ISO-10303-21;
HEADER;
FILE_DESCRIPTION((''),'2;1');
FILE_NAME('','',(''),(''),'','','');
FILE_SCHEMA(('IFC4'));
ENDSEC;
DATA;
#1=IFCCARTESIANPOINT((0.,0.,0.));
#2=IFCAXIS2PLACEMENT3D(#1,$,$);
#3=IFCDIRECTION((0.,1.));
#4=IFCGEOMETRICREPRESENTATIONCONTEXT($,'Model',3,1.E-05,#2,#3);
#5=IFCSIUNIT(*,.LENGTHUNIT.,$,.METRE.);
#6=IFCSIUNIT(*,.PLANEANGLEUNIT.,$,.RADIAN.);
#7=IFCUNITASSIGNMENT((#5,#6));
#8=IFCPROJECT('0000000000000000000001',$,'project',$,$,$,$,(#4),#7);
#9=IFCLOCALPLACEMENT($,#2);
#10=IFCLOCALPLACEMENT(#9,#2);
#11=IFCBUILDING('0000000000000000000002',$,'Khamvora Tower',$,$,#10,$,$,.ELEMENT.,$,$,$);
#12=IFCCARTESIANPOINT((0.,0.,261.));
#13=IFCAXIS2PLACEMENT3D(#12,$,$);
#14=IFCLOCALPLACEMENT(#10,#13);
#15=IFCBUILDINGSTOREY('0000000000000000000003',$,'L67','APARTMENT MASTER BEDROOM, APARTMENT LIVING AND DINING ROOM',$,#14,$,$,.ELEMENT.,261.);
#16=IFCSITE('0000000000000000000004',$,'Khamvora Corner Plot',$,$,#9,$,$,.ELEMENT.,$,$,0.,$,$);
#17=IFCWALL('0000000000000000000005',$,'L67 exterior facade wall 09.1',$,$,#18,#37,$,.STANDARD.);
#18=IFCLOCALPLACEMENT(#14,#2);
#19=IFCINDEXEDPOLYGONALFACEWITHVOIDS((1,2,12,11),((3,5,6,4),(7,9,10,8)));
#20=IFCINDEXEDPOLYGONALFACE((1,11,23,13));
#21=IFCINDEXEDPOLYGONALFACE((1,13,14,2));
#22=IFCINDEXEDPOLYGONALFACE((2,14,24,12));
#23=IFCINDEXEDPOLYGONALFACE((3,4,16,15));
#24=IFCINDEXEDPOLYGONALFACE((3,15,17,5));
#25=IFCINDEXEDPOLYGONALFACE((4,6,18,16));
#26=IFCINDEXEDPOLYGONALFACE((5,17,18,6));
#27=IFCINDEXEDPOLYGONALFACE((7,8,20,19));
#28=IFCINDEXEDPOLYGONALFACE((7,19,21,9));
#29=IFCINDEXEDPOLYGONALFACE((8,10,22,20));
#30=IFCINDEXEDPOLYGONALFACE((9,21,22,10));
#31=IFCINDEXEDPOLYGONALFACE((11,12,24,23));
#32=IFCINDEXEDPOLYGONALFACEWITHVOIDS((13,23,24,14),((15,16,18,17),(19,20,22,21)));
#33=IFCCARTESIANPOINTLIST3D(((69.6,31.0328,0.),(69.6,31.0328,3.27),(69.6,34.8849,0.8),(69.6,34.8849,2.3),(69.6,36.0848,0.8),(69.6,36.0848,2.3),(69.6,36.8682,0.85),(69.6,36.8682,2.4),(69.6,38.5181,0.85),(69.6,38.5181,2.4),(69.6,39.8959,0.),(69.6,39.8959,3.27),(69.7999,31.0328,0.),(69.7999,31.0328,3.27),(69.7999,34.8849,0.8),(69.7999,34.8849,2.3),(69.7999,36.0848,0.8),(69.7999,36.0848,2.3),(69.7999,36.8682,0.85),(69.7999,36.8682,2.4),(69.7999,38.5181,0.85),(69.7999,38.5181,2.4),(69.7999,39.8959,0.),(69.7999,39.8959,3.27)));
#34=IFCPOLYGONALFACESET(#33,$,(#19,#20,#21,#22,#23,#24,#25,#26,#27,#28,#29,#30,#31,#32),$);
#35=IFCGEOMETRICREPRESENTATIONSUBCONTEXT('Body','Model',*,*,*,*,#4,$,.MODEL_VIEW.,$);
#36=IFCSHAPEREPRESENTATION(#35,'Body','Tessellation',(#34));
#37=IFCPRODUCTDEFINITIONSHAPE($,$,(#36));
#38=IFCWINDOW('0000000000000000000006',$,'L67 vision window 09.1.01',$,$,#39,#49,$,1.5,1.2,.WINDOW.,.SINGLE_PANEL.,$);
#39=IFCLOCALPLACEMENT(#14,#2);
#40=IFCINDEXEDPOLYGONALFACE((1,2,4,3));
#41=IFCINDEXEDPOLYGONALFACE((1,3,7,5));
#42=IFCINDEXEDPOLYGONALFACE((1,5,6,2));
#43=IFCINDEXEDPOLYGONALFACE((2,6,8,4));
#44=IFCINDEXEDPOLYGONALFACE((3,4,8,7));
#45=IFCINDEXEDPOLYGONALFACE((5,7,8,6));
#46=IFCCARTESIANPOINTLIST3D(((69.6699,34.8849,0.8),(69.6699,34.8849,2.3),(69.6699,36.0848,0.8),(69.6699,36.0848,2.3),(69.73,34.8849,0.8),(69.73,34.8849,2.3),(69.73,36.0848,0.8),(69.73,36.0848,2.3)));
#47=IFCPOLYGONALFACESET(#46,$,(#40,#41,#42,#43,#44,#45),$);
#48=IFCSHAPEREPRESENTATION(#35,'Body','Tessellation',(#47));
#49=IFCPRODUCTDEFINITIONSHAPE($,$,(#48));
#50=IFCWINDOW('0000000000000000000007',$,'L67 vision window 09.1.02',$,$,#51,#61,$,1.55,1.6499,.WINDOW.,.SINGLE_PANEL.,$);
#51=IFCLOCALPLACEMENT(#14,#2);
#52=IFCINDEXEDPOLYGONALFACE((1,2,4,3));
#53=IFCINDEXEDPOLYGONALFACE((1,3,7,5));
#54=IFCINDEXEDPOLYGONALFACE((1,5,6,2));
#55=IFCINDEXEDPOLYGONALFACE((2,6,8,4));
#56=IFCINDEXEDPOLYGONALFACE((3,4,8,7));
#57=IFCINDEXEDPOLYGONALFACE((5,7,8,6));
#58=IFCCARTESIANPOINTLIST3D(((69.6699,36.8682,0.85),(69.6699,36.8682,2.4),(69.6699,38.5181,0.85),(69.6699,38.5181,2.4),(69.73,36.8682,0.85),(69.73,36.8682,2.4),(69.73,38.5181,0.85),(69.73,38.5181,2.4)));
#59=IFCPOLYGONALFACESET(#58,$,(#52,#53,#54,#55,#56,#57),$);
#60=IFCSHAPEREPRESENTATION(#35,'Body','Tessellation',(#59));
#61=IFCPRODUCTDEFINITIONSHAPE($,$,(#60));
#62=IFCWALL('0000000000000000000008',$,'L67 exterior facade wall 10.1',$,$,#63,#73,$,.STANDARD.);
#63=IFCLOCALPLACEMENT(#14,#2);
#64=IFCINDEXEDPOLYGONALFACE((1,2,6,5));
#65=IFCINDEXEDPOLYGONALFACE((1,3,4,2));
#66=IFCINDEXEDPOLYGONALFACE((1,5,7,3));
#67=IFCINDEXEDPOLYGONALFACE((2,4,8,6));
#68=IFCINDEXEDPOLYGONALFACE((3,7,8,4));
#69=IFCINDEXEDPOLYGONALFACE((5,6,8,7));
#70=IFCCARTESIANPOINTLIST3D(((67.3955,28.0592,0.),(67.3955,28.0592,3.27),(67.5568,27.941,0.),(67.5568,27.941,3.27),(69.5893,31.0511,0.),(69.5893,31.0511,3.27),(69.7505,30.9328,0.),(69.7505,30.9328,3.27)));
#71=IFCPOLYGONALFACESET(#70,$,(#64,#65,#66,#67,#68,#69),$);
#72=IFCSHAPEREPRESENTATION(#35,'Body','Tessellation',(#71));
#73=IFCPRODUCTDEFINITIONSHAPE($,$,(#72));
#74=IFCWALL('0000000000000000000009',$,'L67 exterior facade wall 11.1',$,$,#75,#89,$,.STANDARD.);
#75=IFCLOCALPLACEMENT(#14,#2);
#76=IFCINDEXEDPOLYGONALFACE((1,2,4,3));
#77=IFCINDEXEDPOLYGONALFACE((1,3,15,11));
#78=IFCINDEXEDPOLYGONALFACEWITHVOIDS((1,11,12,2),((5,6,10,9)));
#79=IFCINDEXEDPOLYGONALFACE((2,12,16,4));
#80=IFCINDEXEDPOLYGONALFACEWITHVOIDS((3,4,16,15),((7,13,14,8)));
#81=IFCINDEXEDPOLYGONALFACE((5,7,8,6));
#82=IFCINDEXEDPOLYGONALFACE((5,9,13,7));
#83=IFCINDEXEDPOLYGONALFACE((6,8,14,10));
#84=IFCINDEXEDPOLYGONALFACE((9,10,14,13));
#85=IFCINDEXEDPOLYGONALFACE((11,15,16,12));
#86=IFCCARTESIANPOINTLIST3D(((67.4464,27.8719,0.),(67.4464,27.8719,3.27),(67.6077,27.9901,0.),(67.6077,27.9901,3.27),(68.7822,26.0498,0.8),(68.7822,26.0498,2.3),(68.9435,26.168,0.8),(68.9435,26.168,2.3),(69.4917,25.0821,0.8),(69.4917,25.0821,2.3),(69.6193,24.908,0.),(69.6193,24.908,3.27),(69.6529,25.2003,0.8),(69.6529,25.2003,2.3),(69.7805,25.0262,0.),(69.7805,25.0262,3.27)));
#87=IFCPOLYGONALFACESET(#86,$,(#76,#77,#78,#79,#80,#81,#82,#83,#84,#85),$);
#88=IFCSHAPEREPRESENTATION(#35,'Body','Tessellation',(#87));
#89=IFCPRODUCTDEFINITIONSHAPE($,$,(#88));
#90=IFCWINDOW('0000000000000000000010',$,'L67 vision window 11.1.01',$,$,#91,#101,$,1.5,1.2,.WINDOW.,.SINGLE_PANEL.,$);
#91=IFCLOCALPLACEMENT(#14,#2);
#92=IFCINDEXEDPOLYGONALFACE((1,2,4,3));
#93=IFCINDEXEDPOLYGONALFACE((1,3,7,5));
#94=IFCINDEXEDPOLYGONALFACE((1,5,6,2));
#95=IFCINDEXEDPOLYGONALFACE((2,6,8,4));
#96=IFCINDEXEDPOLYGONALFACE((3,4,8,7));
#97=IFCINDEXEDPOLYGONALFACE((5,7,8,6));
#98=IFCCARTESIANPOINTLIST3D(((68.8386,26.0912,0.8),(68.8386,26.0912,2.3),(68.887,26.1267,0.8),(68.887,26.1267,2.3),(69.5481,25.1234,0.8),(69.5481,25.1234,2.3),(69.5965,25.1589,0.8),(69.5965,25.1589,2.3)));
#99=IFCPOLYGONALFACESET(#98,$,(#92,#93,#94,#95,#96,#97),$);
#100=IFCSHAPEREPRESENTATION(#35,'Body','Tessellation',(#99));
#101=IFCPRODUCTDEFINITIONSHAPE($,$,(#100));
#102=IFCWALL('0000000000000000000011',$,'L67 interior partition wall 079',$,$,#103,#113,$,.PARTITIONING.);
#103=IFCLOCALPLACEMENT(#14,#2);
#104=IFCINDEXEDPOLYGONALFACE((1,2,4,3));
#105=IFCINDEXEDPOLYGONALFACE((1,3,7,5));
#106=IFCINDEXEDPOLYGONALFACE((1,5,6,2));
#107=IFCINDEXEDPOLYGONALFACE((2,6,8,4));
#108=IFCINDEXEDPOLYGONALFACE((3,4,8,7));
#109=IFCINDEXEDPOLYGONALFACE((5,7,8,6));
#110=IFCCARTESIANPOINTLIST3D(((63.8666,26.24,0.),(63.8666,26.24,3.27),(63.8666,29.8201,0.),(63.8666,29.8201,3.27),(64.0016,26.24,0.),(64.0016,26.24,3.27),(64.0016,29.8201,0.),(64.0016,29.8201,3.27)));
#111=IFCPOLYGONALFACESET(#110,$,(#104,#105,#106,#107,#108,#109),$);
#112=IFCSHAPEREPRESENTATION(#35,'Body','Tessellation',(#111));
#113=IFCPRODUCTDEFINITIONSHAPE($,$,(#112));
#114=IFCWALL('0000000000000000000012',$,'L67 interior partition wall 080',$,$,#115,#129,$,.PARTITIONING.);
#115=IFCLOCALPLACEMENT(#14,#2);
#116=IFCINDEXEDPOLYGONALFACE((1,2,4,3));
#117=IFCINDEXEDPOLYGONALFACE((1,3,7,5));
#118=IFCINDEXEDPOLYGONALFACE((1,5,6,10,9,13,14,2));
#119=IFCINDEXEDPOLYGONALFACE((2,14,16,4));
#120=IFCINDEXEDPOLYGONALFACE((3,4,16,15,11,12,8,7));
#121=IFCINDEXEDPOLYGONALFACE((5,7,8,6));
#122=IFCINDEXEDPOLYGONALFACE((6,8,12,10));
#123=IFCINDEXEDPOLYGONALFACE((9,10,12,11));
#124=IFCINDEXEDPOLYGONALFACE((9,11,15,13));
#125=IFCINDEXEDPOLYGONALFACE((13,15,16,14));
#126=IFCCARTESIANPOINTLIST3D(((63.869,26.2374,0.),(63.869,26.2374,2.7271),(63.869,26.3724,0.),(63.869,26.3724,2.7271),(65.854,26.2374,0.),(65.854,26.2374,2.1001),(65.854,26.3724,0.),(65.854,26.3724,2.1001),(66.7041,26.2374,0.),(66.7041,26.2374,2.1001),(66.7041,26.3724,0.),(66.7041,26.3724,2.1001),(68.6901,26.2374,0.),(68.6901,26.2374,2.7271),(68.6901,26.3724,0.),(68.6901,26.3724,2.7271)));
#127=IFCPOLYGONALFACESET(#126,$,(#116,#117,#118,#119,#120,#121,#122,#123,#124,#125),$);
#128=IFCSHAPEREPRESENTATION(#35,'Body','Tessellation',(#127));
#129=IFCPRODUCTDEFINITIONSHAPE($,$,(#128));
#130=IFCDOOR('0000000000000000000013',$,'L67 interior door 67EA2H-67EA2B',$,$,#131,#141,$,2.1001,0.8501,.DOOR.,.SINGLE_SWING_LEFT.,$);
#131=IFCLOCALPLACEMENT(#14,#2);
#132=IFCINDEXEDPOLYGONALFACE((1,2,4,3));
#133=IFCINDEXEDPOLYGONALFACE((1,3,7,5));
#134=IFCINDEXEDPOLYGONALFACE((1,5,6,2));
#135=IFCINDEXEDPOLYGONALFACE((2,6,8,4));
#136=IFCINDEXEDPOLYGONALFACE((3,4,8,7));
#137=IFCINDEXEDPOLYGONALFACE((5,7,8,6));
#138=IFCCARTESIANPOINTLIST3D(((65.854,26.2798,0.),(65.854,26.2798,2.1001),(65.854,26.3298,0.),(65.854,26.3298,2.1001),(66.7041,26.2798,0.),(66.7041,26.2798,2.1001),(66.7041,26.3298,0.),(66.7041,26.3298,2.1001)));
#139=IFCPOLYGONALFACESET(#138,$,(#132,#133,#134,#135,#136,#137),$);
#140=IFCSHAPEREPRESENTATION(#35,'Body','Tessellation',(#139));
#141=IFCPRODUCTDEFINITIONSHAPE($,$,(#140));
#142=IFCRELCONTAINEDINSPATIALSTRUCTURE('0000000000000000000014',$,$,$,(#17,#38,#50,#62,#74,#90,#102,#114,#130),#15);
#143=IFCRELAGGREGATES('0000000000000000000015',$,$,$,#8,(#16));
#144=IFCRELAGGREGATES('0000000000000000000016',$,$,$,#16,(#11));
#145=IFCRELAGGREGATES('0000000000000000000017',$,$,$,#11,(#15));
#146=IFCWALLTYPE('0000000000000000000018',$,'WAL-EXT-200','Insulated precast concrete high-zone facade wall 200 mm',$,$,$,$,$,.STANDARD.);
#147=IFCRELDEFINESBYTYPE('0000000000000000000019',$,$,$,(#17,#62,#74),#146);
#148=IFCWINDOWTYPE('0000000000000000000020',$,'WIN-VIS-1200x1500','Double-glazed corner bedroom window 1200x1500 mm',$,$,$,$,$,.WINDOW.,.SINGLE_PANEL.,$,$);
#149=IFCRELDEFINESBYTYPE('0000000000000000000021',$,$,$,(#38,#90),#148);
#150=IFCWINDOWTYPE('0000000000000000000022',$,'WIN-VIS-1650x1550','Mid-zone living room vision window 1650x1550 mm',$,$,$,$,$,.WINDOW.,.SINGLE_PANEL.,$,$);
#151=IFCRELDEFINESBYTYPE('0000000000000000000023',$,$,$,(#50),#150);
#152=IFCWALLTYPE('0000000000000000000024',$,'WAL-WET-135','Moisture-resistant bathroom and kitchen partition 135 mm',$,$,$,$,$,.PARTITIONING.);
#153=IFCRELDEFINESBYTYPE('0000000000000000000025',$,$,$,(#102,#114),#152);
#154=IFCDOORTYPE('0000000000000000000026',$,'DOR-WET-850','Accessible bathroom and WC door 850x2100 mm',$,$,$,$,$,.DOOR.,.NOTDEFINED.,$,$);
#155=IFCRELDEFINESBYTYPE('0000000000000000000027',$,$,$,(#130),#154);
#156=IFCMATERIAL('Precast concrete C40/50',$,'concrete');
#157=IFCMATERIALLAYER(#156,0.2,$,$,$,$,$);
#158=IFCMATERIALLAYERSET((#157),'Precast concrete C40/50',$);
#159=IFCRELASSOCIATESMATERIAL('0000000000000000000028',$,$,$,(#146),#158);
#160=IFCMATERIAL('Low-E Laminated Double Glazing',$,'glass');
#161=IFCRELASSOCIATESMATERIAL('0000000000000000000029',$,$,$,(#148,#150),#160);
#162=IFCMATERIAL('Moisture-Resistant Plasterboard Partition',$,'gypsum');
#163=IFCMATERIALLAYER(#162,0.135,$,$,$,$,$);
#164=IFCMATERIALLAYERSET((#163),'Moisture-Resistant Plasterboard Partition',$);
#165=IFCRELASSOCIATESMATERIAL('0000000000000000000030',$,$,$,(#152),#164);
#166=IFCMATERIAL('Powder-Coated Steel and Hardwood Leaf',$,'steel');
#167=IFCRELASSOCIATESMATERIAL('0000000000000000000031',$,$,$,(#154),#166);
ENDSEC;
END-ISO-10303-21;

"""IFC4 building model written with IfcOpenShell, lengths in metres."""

from ifc_helpers import new_model, si_unit, direction, frame, frame_2d, origin, place, context, subcontext, project, spatial, rectangle, extrude, material, layer, layer_set, type_object, element, fill, save


model = new_model("IFC4")

# Units and contexts
model_context = context("Model", 3, precision=1e-05, world=origin(), true_north=direction((0.0, 1.0)))
body_context = subcontext(model_context, "Body", "Model", "MODEL_VIEW")
ifc_project = project(units=[si_unit("LENGTHUNIT", "METRE"), si_unit("PLANEANGLEUNIT", "RADIAN")], contexts=[model_context])

# Site, building, storey
site_placement = place(None, origin())
site = spatial("IfcSite", under=ifc_project, at=site_placement, Name="Khamvora Corner Plot", CompositionType="ELEMENT", RefElevation=0.0)
building_placement = place(site_placement, origin())
building = spatial("IfcBuilding", under=site, at=building_placement, Name="Khamvora Tower", CompositionType="ELEMENT")
storey_placement = place(building_placement, frame((0.0, 0.0, 261.0)))
storey = spatial("IfcBuildingStorey", under=building, at=storey_placement, Name="L67", Description="APARTMENT MASTER BEDROOM, APARTMENT LIVING AND DINING ROOM", CompositionType="ELEMENT", Elevation=261.0)

# Shared definitions
ifc_material_1 = material(Name="Powder-Coated Steel and Hardwood Leaf", Category="steel")

# Shared definitions
ifc_material_2 = material(Name="Precast concrete C40/50", Category="concrete")
ifc_layer_1 = layer(ifc_material_2, 0.2)
ifc_layer_set_1 = layer_set([ifc_layer_1], Name="Precast concrete C40/50")
wall_type_1 = type_object("IfcWallType", Name="WAL-EXT-200", Description="Insulated precast concrete high-zone facade wall 200 mm", PredefinedType="STANDARD", material=ifc_layer_set_1)

# Wall, openings, windows
wall_1_placement = place(storey_placement, frame((69.7, 39.896, 0.0), z_axis=(0.0, 0.0, 1.0), x_axis=(0.0, -1.0, 0.0)))
wall_1 = element("IfcWall", 1, at=wall_1_placement, inside=storey, type_object=wall_type_1, Name="L67 exterior facade wall 09.1", PredefinedType="STANDARD", context=body_context, shape_type="SweptSolid", body=[
    extrude(rectangle(XDim=8.863, YDim=0.2, at=frame_2d((4.4316, 0.0))), origin(), (0.0, 0.0, 1.0), 3.27),
])
opening_1_placement = place(wall_1_placement, frame((3.811, 0.0, 0.8)))
opening_1 = element("IfcOpeningElement", 2, at=opening_1_placement, cuts=wall_1, PredefinedType="OPENING", context=body_context, shape_type="SweptSolid", body=[
    extrude(rectangle(XDim=1.2, YDim=1.5, at=frame_2d((0.6001, 0.75))), frame((0.0, 0.1099, 0.0), z_axis=(0.0, -1.0, 0.0), x_axis=(1.0, 0.0, 0.0)), (0.0, 0.0, 1.0), 0.22),
])
opening_2_placement = place(wall_1_placement, frame((1.3779, 0.0, 0.8501)))
opening_2 = element("IfcOpeningElement", 3, at=opening_2_placement, cuts=wall_1, PredefinedType="OPENING", context=body_context, shape_type="SweptSolid", body=[
    extrude(rectangle(XDim=1.6499, YDim=1.55, at=frame_2d((0.825, 0.7749))), frame((0.0, 0.1099, 0.0), z_axis=(0.0, -1.0, 0.0), x_axis=(1.0, 0.0, 0.0)), (0.0, 0.0, 1.0), 0.22),
])
ifc_material_3 = material(Name="Low-E Laminated Double Glazing", Category="glass")
window_type_1 = type_object("IfcWindowType", Name="WIN-VIS-1200x1500", Description="Double-glazed corner bedroom window 1200x1500 mm", PartitioningType="SINGLE_PANEL", PredefinedType="WINDOW", material=ifc_material_3)
window_1_placement = place(opening_1_placement, origin())
window_1 = element("IfcWindow", 4, at=window_1_placement, inside=storey, type_object=window_type_1, Name="L67 vision window 09.1.01", OverallHeight=1.5, OverallWidth=1.2, PartitioningType="SINGLE_PANEL", PredefinedType="WINDOW", context=body_context, shape_type="SweptSolid", body=[
    extrude(rectangle(XDim=1.2, YDim=1.5, at=frame_2d((0.6001, 0.75))), frame((0.0, 0.03, 0.0), z_axis=(0.0, -1.0, 0.0), x_axis=(1.0, 0.0, 0.0)), (0.0, 0.0, 1.0), 0.0601),
])
fill(opening_1, window_1)
window_type_2 = type_object("IfcWindowType", Name="WIN-VIS-1650x1550", Description="Mid-zone living room vision window 1650x1550 mm", PartitioningType="SINGLE_PANEL", PredefinedType="WINDOW", material=ifc_material_3)
window_2_placement = place(opening_2_placement, origin())
window_2 = element("IfcWindow", 5, at=window_2_placement, inside=storey, type_object=window_type_2, Name="L67 vision window 09.1.02", OverallHeight=1.55, OverallWidth=1.6499, PartitioningType="SINGLE_PANEL", PredefinedType="WINDOW", context=body_context, shape_type="SweptSolid", body=[
    extrude(rectangle(XDim=1.6499, YDim=1.55, at=frame_2d((0.825, 0.7749))), frame((0.0, 0.03, 0.0), z_axis=(0.0, -1.0, 0.0), x_axis=(1.0, 0.0, 0.0)), (0.0, 0.0, 1.0), 0.0601),
])
fill(opening_2, window_2)

# Wall
wall_2_placement = place(storey_placement, frame((69.6699, 30.9919, 0.0), z_axis=(0.0, 0.0, 1.0), x_axis=(-0.591321, -0.806436, 0.0)))
element("IfcWall", 6, at=wall_2_placement, inside=storey, type_object=wall_type_1, Name="L67 exterior facade wall 10.1", PredefinedType="STANDARD", context=body_context, shape_type="SweptSolid", body=[
    extrude(rectangle(XDim=3.71, YDim=0.2, at=frame_2d((1.855, 0.0))), origin(), (0.0, 0.0, 1.0), 3.27),
])

# Wall, opening, window
wall_3_placement = place(storey_placement, frame((67.5271, 27.9309, 0.0), z_axis=(0.0, 0.0, 1.0), x_axis=(0.591248, -0.806489, 0.0)))
wall_3 = element("IfcWall", 7, at=wall_3_placement, inside=storey, type_object=wall_type_1, Name="L67 exterior facade wall 11.1", PredefinedType="STANDARD", context=body_context, shape_type="SweptSolid", body=[
    extrude(rectangle(XDim=3.675, YDim=0.2, at=frame_2d((1.8374, 0.0))), origin(), (0.0, 0.0, 1.0), 3.27),
])
opening_3_placement = place(wall_3_placement, frame((2.259, 0.0, 0.8)))
opening_3 = element("IfcOpeningElement", 8, at=opening_3_placement, cuts=wall_3, PredefinedType="OPENING", context=body_context, shape_type="SweptSolid", body=[
    extrude(rectangle(XDim=1.2, YDim=1.5, at=frame_2d((0.6001, 0.75))), frame((0.0, 0.1099, 0.0), z_axis=(0.0, -1.0, 0.0), x_axis=(1.0, 0.0, 0.0)), (0.0, 0.0, 1.0), 0.22),
])
window_3_placement = place(opening_3_placement, origin())
window_3 = element("IfcWindow", 9, at=window_3_placement, inside=storey, type_object=window_type_1, Name="L67 vision window 11.1.01", OverallHeight=1.5, OverallWidth=1.2, PartitioningType="SINGLE_PANEL", PredefinedType="WINDOW", context=body_context, shape_type="SweptSolid", body=[
    extrude(rectangle(XDim=1.2, YDim=1.5, at=frame_2d((0.6001, 0.75))), frame((0.0, 0.03, 0.0), z_axis=(0.0, -1.0, 0.0), x_axis=(1.0, 0.0, 0.0)), (0.0, 0.0, 1.0), 0.0601),
])
fill(opening_3, window_3)

# Wall
ifc_material_4 = material(Name="Moisture-Resistant Plasterboard Partition", Category="gypsum")
ifc_layer_2 = layer(ifc_material_4, 0.135)
ifc_layer_set_2 = layer_set([ifc_layer_2], Name="Moisture-Resistant Plasterboard Partition")
wall_type_2 = type_object("IfcWallType", Name="WAL-WET-135", Description="Moisture-resistant bathroom and kitchen partition 135 mm", PredefinedType="PARTITIONING", material=ifc_layer_set_2)
wall_4_placement = place(storey_placement, frame((63.9341, 29.8201, 0.0), z_axis=(0.0, 0.0, 1.0), x_axis=(0.0, -1.0, 0.0)))
element("IfcWall", 10, at=wall_4_placement, inside=storey, type_object=wall_type_2, Name="L67 interior partition wall 079", PredefinedType="PARTITIONING", context=body_context, shape_type="SweptSolid", body=[
    extrude(rectangle(XDim=3.5801, YDim=0.135, at=frame_2d((1.79, 0.0))), origin(), (0.0, 0.0, 1.0), 3.27),
])

# Wall, opening, door
wall_5_placement = place(storey_placement, frame((63.8689, 26.3049, 0.0), z_axis=(0.0, 0.0, 1.0), x_axis=(1.0, 0.0, 0.0)))
wall_5 = element("IfcWall", 11, at=wall_5_placement, inside=storey, type_object=wall_type_2, Name="L67 interior partition wall 080", PredefinedType="PARTITIONING", context=body_context, shape_type="SweptSolid", body=[
    extrude(rectangle(XDim=4.821, YDim=0.135, at=frame_2d((2.4106, 0.0))), origin(), (0.0, 0.0, 1.0), 2.7271),
])
opening_4_placement = place(wall_5_placement, frame((1.9851, 0.0, 0.0)))
opening_4 = element("IfcOpeningElement", 12, at=opening_4_placement, cuts=wall_5, PredefinedType="OPENING", context=body_context, shape_type="SweptSolid", body=[
    extrude(rectangle(XDim=0.8501, YDim=2.1001, at=frame_2d((0.425, 1.05))), frame((0.0, 0.0774, 0.0), z_axis=(0.0, -1.0, 0.0), x_axis=(1.0, 0.0, 0.0)), (0.0, 0.0, 1.0), 0.155),
])
door_type_1 = type_object("IfcDoorType", Name="DOR-WET-850", Description="Accessible bathroom and WC door 850x2100 mm", OperationType="NOTDEFINED", PredefinedType="DOOR", material=ifc_material_1)
door_1_placement = place(opening_4_placement, origin())
door_1 = element("IfcDoor", 13, at=door_1_placement, inside=storey, type_object=door_type_1, Name="L67 interior door 67EA2H-67EA2B", OperationType="SINGLE_SWING_LEFT", OverallHeight=2.1001, OverallWidth=0.8501, PredefinedType="DOOR", context=body_context, shape_type="SweptSolid", body=[
    extrude(rectangle(XDim=0.8501, YDim=2.1001, at=frame_2d((0.425, 1.05))), frame((0.0, 0.0249, 0.0), z_axis=(0.0, -1.0, 0.0), x_axis=(1.0, 0.0, 0.0)), (0.0, 0.0, 1.0), 0.05),
])
fill(opening_4, door_1)

save(model, "model.ifc")
